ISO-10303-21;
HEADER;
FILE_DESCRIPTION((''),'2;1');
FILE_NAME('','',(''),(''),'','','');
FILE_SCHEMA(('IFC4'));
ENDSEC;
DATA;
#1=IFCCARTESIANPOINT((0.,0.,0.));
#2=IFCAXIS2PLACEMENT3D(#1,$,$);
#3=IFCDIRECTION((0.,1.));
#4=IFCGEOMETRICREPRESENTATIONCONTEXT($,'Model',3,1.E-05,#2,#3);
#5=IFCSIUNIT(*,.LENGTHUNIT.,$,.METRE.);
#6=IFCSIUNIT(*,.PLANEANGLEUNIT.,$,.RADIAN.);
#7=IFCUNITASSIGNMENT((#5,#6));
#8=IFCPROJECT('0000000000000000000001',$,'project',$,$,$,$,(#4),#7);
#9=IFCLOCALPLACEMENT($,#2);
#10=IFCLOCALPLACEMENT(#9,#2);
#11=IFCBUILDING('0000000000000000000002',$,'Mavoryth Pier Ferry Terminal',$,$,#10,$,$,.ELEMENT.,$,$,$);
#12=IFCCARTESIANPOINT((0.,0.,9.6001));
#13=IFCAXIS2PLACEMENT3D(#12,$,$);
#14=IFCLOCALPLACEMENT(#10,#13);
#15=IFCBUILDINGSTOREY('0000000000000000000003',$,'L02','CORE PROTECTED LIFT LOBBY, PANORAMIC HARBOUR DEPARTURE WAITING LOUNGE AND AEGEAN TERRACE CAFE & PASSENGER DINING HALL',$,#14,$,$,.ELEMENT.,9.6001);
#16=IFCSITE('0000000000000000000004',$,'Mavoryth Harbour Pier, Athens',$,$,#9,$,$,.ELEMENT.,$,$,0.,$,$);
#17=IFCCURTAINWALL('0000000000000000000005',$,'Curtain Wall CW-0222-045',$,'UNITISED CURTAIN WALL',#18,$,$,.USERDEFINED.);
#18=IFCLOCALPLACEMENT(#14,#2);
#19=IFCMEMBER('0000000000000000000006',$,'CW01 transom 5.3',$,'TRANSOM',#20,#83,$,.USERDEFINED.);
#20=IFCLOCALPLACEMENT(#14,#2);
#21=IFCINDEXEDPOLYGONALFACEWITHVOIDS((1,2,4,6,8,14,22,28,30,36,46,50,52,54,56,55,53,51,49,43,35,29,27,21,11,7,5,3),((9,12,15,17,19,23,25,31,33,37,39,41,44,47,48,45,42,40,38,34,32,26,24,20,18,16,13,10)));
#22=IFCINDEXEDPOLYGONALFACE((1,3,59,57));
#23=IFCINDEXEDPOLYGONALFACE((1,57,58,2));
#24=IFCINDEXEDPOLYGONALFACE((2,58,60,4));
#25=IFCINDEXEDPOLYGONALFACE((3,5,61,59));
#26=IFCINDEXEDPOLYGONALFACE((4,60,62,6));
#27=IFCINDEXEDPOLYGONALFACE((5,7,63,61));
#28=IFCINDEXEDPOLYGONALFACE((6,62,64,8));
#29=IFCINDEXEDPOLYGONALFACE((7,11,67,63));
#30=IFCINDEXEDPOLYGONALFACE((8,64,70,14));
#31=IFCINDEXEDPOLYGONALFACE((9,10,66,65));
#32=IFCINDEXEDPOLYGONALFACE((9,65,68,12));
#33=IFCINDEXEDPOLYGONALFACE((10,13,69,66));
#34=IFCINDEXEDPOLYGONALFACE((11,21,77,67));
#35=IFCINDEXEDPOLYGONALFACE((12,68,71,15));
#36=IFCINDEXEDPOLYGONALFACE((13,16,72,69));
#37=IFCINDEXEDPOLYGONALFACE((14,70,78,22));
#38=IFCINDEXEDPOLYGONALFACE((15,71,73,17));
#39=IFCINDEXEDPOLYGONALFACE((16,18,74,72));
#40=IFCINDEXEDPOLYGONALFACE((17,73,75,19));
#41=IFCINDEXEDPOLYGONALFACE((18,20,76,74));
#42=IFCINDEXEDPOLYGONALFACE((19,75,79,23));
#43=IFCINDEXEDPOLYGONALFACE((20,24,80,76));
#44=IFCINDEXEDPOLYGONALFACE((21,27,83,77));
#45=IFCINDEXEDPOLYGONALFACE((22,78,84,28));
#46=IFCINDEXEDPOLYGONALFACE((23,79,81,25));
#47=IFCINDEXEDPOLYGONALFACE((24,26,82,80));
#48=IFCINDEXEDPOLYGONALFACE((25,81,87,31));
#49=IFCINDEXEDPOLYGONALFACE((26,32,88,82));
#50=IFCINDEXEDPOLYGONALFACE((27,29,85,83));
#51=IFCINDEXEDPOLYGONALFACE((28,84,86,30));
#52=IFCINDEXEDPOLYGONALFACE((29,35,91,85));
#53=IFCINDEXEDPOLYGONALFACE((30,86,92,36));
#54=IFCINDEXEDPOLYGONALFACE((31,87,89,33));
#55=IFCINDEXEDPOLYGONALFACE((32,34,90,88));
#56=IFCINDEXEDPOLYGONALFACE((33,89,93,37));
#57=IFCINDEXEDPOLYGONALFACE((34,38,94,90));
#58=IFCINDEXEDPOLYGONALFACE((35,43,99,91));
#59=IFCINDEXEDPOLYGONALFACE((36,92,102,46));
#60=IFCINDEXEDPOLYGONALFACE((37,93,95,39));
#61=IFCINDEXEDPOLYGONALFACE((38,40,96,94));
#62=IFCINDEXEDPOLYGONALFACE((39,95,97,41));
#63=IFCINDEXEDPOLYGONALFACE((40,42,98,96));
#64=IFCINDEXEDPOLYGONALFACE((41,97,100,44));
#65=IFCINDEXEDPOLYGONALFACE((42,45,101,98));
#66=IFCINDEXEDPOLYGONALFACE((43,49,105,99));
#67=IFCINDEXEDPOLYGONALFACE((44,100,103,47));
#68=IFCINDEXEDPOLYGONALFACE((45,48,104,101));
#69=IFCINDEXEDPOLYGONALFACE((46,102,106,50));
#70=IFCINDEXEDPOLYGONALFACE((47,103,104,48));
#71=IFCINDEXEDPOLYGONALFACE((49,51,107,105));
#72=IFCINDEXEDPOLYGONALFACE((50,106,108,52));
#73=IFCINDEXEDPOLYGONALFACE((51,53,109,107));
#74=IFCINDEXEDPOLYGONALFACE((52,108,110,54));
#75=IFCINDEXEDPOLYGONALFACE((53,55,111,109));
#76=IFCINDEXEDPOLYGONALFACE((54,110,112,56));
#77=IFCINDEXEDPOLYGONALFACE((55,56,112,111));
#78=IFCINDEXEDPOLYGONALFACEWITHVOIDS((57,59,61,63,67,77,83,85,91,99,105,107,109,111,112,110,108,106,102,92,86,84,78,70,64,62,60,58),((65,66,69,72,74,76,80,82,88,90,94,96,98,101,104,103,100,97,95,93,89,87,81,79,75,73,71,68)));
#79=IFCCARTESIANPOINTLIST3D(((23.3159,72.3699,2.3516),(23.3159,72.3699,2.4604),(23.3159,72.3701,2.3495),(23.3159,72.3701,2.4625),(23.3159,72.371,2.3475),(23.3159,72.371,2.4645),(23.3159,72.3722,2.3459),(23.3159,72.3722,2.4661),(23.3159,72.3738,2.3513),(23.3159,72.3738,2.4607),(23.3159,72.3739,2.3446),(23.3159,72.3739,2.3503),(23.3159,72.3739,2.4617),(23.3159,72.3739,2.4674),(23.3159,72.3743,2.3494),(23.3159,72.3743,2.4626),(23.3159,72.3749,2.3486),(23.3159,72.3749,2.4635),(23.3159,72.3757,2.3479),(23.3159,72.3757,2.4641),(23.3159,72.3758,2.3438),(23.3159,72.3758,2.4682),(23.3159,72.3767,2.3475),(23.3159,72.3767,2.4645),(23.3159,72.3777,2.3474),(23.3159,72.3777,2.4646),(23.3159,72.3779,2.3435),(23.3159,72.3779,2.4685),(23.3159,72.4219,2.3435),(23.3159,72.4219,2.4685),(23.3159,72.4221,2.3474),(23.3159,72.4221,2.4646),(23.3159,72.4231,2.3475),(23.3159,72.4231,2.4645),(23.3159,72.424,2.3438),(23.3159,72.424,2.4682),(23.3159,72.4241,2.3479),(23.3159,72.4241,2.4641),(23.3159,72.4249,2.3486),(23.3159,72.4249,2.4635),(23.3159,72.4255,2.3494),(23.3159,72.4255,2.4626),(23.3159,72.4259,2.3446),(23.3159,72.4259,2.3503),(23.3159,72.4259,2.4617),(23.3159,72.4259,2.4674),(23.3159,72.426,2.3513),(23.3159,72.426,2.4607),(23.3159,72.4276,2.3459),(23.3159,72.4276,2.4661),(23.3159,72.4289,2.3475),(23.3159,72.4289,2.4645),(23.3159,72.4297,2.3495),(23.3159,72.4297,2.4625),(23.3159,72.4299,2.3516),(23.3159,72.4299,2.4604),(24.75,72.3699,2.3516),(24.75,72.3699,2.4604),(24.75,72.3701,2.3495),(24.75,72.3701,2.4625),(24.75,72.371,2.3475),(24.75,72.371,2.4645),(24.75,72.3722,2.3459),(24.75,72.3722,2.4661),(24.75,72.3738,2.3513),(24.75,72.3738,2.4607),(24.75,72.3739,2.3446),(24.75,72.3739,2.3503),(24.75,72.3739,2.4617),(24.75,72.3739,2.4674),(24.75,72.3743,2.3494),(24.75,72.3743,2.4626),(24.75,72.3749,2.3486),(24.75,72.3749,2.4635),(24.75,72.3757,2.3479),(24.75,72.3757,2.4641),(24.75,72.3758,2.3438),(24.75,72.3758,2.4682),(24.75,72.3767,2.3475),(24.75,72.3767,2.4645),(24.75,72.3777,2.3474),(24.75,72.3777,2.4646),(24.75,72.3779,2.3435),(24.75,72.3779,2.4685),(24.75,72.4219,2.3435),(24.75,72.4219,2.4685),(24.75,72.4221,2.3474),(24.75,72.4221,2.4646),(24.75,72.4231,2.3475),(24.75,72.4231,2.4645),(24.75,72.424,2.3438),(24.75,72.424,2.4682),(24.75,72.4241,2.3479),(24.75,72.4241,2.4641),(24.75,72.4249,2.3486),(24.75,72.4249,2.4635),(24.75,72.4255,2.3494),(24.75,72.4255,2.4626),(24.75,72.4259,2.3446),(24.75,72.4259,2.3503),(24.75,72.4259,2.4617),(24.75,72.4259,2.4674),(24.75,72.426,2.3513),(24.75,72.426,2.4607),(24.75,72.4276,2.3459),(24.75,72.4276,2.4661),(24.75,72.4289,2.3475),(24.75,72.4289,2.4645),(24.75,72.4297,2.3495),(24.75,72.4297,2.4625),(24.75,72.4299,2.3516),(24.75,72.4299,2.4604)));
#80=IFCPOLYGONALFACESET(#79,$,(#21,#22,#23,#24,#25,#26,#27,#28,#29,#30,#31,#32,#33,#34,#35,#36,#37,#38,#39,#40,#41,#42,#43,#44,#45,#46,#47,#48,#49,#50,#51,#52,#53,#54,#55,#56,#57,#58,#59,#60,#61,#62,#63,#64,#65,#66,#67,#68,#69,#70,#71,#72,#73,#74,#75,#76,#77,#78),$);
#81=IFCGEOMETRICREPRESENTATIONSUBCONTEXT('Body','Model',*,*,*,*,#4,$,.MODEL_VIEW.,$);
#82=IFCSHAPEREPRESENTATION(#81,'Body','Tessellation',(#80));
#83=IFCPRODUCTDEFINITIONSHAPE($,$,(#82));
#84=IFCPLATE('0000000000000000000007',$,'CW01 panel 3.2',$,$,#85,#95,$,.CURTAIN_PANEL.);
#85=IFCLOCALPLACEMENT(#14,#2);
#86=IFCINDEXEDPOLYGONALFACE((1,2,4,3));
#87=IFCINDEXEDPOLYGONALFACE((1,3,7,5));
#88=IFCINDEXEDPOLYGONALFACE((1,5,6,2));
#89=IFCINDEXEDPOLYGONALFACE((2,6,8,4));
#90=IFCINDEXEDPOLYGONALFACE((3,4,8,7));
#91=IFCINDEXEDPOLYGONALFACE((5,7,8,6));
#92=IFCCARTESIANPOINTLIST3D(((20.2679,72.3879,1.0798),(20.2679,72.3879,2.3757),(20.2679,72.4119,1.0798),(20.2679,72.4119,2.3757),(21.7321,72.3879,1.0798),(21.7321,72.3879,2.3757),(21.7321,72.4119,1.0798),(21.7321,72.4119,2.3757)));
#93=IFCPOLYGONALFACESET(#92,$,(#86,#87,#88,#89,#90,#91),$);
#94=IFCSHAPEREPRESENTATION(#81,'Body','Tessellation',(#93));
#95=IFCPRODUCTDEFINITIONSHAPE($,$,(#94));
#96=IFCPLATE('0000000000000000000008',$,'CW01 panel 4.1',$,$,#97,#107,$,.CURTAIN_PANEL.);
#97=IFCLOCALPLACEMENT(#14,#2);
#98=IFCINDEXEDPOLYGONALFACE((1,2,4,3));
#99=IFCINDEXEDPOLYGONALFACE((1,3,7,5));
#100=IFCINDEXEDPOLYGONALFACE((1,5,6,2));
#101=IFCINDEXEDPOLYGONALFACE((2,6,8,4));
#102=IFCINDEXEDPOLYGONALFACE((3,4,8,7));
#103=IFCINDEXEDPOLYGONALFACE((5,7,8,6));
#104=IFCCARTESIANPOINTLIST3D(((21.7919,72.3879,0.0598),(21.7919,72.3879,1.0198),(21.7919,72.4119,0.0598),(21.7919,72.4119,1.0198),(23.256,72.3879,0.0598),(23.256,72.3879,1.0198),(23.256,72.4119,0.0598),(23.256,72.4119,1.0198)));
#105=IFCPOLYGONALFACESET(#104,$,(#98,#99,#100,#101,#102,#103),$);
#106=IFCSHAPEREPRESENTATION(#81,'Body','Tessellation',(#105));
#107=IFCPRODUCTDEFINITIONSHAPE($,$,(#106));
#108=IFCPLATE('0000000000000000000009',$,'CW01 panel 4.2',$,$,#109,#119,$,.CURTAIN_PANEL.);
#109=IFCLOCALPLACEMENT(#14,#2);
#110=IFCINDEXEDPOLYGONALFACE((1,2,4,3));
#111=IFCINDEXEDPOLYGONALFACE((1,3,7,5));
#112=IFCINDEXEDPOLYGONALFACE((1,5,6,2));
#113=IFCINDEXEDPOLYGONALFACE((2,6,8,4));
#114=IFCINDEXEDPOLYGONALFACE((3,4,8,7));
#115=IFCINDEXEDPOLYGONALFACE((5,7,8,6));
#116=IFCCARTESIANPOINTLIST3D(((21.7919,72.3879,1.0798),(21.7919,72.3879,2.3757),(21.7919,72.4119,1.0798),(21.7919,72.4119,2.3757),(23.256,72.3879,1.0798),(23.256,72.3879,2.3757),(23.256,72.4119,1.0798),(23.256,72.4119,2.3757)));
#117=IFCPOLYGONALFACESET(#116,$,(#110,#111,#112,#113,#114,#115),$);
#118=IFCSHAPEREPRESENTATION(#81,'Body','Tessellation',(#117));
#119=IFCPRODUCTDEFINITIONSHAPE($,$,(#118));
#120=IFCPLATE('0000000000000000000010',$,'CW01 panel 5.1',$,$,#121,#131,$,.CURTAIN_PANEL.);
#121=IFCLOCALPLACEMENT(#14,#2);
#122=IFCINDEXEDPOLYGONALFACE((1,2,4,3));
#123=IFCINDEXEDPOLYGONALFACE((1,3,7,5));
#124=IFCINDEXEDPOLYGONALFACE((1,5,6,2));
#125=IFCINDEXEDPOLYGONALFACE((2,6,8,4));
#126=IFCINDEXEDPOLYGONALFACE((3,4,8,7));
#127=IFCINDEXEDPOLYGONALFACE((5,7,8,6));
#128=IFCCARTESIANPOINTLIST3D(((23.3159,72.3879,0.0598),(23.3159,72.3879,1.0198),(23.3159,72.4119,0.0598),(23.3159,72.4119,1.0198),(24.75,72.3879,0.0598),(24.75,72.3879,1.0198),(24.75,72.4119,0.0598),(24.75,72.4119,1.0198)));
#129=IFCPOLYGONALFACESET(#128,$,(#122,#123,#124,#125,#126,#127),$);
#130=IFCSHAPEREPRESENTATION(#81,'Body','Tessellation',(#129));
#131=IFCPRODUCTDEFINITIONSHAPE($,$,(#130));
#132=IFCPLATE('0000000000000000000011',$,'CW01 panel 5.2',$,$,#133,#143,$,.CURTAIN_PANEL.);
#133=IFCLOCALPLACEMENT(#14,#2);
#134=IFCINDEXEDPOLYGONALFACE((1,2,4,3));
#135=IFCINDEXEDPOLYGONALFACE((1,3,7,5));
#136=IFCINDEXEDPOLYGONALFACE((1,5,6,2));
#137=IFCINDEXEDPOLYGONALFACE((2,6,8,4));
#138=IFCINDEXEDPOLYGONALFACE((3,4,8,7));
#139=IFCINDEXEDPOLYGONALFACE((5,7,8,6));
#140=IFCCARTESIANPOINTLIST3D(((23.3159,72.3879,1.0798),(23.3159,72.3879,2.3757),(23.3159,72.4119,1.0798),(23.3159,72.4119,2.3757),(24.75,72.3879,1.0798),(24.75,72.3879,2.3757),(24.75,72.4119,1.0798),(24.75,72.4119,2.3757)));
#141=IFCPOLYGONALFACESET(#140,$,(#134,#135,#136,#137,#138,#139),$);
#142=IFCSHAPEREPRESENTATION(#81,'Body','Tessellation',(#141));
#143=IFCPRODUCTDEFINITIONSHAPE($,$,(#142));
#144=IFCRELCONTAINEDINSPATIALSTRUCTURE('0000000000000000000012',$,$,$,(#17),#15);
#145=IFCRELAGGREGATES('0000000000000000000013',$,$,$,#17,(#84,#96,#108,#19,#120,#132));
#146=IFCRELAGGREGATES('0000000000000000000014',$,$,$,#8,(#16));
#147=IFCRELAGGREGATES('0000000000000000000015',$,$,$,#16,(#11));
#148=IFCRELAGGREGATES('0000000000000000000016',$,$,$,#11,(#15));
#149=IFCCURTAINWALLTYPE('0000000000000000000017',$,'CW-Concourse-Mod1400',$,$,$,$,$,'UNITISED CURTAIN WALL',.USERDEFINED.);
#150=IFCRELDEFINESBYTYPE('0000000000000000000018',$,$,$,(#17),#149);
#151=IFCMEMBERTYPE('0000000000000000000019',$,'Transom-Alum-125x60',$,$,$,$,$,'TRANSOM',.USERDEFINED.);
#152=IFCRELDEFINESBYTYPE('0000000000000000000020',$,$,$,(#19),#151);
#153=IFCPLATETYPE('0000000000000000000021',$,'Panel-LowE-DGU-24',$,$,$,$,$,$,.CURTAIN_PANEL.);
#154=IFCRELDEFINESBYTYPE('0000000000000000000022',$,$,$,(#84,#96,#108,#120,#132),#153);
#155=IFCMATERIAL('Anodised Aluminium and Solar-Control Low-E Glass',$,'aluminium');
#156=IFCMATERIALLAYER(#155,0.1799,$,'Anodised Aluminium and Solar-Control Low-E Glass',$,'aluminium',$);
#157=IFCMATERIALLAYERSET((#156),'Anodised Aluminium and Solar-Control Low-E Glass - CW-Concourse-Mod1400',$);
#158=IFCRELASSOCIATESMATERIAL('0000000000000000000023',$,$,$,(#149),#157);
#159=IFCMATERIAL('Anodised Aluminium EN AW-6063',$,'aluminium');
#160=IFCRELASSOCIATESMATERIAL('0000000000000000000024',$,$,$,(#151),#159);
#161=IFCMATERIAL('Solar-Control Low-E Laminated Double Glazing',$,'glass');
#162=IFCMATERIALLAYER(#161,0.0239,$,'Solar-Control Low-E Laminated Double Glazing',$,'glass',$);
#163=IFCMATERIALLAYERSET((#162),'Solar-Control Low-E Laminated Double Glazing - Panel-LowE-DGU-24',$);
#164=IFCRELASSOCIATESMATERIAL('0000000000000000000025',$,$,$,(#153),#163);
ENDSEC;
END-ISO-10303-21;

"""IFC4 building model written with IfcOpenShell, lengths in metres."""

from ifc_helpers import new_model, si_unit, direction, frame, origin, origin_2d, place, context, subcontext, project, spatial, rectangle, hollow_rectangle, extrude, material, layer, layer_set, material_profile, profile_set, type_object, element, aggregate, save


model = new_model("IFC4")

# Units and contexts
model_context = context("Model", 3, precision=1e-05, world=origin(), true_north=direction((0.0, 1.0)))
body_context = subcontext(model_context, "Body", "Model", "MODEL_VIEW")
ifc_project = project(units=[si_unit("LENGTHUNIT", "METRE"), si_unit("PLANEANGLEUNIT", "RADIAN")], contexts=[model_context])

# Site, building, storey
site_placement = place(None, origin())
site = spatial("IfcSite", under=ifc_project, at=site_placement, Name="Mavoryth Harbour Pier, Athens", CompositionType="ELEMENT", RefElevation=0.0)
building_placement = place(site_placement, origin())
building = spatial("IfcBuilding", under=site, at=building_placement, Name="Mavoryth Pier Ferry Terminal", CompositionType="ELEMENT")
storey_placement = place(building_placement, frame((0.0, 0.0, 9.6001)))
storey = spatial("IfcBuildingStorey", under=building, at=storey_placement, Name="L02", Description="CORE PROTECTED LIFT LOBBY, PANORAMIC HARBOUR DEPARTURE WAITING LOUNGE AND AEGEAN TERRACE CAFE & PASSENGER DINING HALL", CompositionType="ELEMENT", Elevation=9.6001)

# Curtain wall
ifc_material_1 = material(Name="Anodised Aluminium and Solar-Control Low-E Glass", Category="aluminium")
ifc_layer_1 = layer(ifc_material_1, 0.1799, Name="Anodised Aluminium and Solar-Control Low-E Glass", Category="aluminium")
ifc_layer_set_1 = layer_set([ifc_layer_1], Name="Anodised Aluminium and Solar-Control Low-E Glass - CW-Concourse-Mod1400")
curtain_wall_type = type_object("IfcCurtainWallType", Name="CW-Concourse-Mod1400", ElementType="UNITISED CURTAIN WALL", PredefinedType="USERDEFINED", material=ifc_layer_set_1)
curtain_wall_placement = place(storey_placement, origin())
curtain_wall = element("IfcCurtainWall", 1, at=curtain_wall_placement, inside=storey, type_object=curtain_wall_type, Name="Curtain Wall CW-0222-045", ObjectType="UNITISED CURTAIN WALL", PredefinedType="USERDEFINED")
ifc_material_2 = material(Name="Anodised Aluminium EN AW-6063", Category="aluminium")

# Member
ifc_material_profile_1 = material_profile(ifc_material_2, hollow_rectangle(XDim=0.0601, YDim=0.125, WallThickness=0.0039, InnerFilletRadius=0.0039, OuterFilletRadius=0.0081, at=origin_2d()), Name="AL-TRAN 125x60x4", Category="aluminium")
ifc_profile_set_1 = profile_set([ifc_material_profile_1], Name="Anodised Aluminium EN AW-6063 - AL-TRAN 125x60x4")
member_type_1 = type_object("IfcMemberType", Name="Transom-Alum-125x60", ElementType="TRANSOM", PredefinedType="USERDEFINED", material=ifc_profile_set_1)
member_1_placement = place(storey_placement, frame((23.3159, 72.3999, 2.406), z_axis=(1.0, 0.0, 0.0), x_axis=(0.0, 1.0, 0.0)))
member_1 = element("IfcMember", 2, at=member_1_placement, type_object=member_type_1, Name="CW01 transom 5.3", ObjectType="TRANSOM", PredefinedType="USERDEFINED", context=body_context, shape_type="SweptSolid", body=[
    extrude(hollow_rectangle(XDim=0.0601, YDim=0.125, WallThickness=0.0039, InnerFilletRadius=0.0039, OuterFilletRadius=0.0081, at=origin_2d()), origin(), (0.0, 0.0, 1.0), 1.4341),
])

# Plates
ifc_material_3 = material(Name="Solar-Control Low-E Laminated Double Glazing", Category="glass")
ifc_layer_2 = layer(ifc_material_3, 0.0239, Name="Solar-Control Low-E Laminated Double Glazing", Category="glass")
ifc_layer_set_2 = layer_set([ifc_layer_2], Name="Solar-Control Low-E Laminated Double Glazing - Panel-LowE-DGU-24")
plate_type = type_object("IfcPlateType", Name="Panel-LowE-DGU-24", PredefinedType="CURTAIN_PANEL", material=ifc_layer_set_2)
plate_1_placement = place(storey_placement, frame((21.0, 72.3999, 1.0798), z_axis=(0.0, 0.0, 1.0), x_axis=(1.0, 0.0, 0.0)))
plate_1 = element("IfcPlate", 3, at=plate_1_placement, type_object=plate_type, Name="CW01 panel 3.2", PredefinedType="CURTAIN_PANEL", context=body_context, shape_type="SweptSolid", body=[
    extrude(rectangle(XDim=1.4641, YDim=0.0239, at=origin_2d()), origin(), (0.0, 0.0, 1.0), 1.2959),
])
plate_2_placement = place(storey_placement, frame((22.5239, 72.3999, 0.0598), z_axis=(0.0, 0.0, 1.0), x_axis=(1.0, 0.0, 0.0)))
plate_2 = element("IfcPlate", 4, at=plate_2_placement, type_object=plate_type, Name="CW01 panel 4.1", PredefinedType="CURTAIN_PANEL", context=body_context, shape_type="SweptSolid", body=[
    extrude(rectangle(XDim=1.4641, YDim=0.0239, at=origin_2d()), origin(), (0.0, 0.0, 1.0), 0.96),
])
plate_3_placement = place(storey_placement, frame((22.5239, 72.3999, 1.0798), z_axis=(0.0, 0.0, 1.0), x_axis=(1.0, 0.0, 0.0)))
plate_3 = element("IfcPlate", 5, at=plate_3_placement, type_object=plate_type, Name="CW01 panel 4.2", PredefinedType="CURTAIN_PANEL", context=body_context, shape_type="SweptSolid", body=[
    extrude(rectangle(XDim=1.4641, YDim=0.0239, at=origin_2d()), origin(), (0.0, 0.0, 1.0), 1.2959),
])
plate_4_placement = place(storey_placement, frame((24.033, 72.3999, 0.0598), z_axis=(0.0, 0.0, 1.0), x_axis=(1.0, 0.0, 0.0)))
plate_4 = element("IfcPlate", 6, at=plate_4_placement, type_object=plate_type, Name="CW01 panel 5.1", PredefinedType="CURTAIN_PANEL", context=body_context, shape_type="SweptSolid", body=[
    extrude(rectangle(XDim=1.4341, YDim=0.0239, at=origin_2d()), origin(), (0.0, 0.0, 1.0), 0.96),
])
plate_5_placement = place(storey_placement, frame((24.033, 72.3999, 1.0798), z_axis=(0.0, 0.0, 1.0), x_axis=(1.0, 0.0, 0.0)))
plate_5 = element("IfcPlate", 7, at=plate_5_placement, type_object=plate_type, Name="CW01 panel 5.2", PredefinedType="CURTAIN_PANEL", context=body_context, shape_type="SweptSolid", body=[
    extrude(rectangle(XDim=1.4341, YDim=0.0239, at=origin_2d()), origin(), (0.0, 0.0, 1.0), 1.2959),
])
aggregate(curtain_wall, [plate_1, plate_2, plate_3, member_1, plate_4, plate_5])

save(model, "model.ifc")
